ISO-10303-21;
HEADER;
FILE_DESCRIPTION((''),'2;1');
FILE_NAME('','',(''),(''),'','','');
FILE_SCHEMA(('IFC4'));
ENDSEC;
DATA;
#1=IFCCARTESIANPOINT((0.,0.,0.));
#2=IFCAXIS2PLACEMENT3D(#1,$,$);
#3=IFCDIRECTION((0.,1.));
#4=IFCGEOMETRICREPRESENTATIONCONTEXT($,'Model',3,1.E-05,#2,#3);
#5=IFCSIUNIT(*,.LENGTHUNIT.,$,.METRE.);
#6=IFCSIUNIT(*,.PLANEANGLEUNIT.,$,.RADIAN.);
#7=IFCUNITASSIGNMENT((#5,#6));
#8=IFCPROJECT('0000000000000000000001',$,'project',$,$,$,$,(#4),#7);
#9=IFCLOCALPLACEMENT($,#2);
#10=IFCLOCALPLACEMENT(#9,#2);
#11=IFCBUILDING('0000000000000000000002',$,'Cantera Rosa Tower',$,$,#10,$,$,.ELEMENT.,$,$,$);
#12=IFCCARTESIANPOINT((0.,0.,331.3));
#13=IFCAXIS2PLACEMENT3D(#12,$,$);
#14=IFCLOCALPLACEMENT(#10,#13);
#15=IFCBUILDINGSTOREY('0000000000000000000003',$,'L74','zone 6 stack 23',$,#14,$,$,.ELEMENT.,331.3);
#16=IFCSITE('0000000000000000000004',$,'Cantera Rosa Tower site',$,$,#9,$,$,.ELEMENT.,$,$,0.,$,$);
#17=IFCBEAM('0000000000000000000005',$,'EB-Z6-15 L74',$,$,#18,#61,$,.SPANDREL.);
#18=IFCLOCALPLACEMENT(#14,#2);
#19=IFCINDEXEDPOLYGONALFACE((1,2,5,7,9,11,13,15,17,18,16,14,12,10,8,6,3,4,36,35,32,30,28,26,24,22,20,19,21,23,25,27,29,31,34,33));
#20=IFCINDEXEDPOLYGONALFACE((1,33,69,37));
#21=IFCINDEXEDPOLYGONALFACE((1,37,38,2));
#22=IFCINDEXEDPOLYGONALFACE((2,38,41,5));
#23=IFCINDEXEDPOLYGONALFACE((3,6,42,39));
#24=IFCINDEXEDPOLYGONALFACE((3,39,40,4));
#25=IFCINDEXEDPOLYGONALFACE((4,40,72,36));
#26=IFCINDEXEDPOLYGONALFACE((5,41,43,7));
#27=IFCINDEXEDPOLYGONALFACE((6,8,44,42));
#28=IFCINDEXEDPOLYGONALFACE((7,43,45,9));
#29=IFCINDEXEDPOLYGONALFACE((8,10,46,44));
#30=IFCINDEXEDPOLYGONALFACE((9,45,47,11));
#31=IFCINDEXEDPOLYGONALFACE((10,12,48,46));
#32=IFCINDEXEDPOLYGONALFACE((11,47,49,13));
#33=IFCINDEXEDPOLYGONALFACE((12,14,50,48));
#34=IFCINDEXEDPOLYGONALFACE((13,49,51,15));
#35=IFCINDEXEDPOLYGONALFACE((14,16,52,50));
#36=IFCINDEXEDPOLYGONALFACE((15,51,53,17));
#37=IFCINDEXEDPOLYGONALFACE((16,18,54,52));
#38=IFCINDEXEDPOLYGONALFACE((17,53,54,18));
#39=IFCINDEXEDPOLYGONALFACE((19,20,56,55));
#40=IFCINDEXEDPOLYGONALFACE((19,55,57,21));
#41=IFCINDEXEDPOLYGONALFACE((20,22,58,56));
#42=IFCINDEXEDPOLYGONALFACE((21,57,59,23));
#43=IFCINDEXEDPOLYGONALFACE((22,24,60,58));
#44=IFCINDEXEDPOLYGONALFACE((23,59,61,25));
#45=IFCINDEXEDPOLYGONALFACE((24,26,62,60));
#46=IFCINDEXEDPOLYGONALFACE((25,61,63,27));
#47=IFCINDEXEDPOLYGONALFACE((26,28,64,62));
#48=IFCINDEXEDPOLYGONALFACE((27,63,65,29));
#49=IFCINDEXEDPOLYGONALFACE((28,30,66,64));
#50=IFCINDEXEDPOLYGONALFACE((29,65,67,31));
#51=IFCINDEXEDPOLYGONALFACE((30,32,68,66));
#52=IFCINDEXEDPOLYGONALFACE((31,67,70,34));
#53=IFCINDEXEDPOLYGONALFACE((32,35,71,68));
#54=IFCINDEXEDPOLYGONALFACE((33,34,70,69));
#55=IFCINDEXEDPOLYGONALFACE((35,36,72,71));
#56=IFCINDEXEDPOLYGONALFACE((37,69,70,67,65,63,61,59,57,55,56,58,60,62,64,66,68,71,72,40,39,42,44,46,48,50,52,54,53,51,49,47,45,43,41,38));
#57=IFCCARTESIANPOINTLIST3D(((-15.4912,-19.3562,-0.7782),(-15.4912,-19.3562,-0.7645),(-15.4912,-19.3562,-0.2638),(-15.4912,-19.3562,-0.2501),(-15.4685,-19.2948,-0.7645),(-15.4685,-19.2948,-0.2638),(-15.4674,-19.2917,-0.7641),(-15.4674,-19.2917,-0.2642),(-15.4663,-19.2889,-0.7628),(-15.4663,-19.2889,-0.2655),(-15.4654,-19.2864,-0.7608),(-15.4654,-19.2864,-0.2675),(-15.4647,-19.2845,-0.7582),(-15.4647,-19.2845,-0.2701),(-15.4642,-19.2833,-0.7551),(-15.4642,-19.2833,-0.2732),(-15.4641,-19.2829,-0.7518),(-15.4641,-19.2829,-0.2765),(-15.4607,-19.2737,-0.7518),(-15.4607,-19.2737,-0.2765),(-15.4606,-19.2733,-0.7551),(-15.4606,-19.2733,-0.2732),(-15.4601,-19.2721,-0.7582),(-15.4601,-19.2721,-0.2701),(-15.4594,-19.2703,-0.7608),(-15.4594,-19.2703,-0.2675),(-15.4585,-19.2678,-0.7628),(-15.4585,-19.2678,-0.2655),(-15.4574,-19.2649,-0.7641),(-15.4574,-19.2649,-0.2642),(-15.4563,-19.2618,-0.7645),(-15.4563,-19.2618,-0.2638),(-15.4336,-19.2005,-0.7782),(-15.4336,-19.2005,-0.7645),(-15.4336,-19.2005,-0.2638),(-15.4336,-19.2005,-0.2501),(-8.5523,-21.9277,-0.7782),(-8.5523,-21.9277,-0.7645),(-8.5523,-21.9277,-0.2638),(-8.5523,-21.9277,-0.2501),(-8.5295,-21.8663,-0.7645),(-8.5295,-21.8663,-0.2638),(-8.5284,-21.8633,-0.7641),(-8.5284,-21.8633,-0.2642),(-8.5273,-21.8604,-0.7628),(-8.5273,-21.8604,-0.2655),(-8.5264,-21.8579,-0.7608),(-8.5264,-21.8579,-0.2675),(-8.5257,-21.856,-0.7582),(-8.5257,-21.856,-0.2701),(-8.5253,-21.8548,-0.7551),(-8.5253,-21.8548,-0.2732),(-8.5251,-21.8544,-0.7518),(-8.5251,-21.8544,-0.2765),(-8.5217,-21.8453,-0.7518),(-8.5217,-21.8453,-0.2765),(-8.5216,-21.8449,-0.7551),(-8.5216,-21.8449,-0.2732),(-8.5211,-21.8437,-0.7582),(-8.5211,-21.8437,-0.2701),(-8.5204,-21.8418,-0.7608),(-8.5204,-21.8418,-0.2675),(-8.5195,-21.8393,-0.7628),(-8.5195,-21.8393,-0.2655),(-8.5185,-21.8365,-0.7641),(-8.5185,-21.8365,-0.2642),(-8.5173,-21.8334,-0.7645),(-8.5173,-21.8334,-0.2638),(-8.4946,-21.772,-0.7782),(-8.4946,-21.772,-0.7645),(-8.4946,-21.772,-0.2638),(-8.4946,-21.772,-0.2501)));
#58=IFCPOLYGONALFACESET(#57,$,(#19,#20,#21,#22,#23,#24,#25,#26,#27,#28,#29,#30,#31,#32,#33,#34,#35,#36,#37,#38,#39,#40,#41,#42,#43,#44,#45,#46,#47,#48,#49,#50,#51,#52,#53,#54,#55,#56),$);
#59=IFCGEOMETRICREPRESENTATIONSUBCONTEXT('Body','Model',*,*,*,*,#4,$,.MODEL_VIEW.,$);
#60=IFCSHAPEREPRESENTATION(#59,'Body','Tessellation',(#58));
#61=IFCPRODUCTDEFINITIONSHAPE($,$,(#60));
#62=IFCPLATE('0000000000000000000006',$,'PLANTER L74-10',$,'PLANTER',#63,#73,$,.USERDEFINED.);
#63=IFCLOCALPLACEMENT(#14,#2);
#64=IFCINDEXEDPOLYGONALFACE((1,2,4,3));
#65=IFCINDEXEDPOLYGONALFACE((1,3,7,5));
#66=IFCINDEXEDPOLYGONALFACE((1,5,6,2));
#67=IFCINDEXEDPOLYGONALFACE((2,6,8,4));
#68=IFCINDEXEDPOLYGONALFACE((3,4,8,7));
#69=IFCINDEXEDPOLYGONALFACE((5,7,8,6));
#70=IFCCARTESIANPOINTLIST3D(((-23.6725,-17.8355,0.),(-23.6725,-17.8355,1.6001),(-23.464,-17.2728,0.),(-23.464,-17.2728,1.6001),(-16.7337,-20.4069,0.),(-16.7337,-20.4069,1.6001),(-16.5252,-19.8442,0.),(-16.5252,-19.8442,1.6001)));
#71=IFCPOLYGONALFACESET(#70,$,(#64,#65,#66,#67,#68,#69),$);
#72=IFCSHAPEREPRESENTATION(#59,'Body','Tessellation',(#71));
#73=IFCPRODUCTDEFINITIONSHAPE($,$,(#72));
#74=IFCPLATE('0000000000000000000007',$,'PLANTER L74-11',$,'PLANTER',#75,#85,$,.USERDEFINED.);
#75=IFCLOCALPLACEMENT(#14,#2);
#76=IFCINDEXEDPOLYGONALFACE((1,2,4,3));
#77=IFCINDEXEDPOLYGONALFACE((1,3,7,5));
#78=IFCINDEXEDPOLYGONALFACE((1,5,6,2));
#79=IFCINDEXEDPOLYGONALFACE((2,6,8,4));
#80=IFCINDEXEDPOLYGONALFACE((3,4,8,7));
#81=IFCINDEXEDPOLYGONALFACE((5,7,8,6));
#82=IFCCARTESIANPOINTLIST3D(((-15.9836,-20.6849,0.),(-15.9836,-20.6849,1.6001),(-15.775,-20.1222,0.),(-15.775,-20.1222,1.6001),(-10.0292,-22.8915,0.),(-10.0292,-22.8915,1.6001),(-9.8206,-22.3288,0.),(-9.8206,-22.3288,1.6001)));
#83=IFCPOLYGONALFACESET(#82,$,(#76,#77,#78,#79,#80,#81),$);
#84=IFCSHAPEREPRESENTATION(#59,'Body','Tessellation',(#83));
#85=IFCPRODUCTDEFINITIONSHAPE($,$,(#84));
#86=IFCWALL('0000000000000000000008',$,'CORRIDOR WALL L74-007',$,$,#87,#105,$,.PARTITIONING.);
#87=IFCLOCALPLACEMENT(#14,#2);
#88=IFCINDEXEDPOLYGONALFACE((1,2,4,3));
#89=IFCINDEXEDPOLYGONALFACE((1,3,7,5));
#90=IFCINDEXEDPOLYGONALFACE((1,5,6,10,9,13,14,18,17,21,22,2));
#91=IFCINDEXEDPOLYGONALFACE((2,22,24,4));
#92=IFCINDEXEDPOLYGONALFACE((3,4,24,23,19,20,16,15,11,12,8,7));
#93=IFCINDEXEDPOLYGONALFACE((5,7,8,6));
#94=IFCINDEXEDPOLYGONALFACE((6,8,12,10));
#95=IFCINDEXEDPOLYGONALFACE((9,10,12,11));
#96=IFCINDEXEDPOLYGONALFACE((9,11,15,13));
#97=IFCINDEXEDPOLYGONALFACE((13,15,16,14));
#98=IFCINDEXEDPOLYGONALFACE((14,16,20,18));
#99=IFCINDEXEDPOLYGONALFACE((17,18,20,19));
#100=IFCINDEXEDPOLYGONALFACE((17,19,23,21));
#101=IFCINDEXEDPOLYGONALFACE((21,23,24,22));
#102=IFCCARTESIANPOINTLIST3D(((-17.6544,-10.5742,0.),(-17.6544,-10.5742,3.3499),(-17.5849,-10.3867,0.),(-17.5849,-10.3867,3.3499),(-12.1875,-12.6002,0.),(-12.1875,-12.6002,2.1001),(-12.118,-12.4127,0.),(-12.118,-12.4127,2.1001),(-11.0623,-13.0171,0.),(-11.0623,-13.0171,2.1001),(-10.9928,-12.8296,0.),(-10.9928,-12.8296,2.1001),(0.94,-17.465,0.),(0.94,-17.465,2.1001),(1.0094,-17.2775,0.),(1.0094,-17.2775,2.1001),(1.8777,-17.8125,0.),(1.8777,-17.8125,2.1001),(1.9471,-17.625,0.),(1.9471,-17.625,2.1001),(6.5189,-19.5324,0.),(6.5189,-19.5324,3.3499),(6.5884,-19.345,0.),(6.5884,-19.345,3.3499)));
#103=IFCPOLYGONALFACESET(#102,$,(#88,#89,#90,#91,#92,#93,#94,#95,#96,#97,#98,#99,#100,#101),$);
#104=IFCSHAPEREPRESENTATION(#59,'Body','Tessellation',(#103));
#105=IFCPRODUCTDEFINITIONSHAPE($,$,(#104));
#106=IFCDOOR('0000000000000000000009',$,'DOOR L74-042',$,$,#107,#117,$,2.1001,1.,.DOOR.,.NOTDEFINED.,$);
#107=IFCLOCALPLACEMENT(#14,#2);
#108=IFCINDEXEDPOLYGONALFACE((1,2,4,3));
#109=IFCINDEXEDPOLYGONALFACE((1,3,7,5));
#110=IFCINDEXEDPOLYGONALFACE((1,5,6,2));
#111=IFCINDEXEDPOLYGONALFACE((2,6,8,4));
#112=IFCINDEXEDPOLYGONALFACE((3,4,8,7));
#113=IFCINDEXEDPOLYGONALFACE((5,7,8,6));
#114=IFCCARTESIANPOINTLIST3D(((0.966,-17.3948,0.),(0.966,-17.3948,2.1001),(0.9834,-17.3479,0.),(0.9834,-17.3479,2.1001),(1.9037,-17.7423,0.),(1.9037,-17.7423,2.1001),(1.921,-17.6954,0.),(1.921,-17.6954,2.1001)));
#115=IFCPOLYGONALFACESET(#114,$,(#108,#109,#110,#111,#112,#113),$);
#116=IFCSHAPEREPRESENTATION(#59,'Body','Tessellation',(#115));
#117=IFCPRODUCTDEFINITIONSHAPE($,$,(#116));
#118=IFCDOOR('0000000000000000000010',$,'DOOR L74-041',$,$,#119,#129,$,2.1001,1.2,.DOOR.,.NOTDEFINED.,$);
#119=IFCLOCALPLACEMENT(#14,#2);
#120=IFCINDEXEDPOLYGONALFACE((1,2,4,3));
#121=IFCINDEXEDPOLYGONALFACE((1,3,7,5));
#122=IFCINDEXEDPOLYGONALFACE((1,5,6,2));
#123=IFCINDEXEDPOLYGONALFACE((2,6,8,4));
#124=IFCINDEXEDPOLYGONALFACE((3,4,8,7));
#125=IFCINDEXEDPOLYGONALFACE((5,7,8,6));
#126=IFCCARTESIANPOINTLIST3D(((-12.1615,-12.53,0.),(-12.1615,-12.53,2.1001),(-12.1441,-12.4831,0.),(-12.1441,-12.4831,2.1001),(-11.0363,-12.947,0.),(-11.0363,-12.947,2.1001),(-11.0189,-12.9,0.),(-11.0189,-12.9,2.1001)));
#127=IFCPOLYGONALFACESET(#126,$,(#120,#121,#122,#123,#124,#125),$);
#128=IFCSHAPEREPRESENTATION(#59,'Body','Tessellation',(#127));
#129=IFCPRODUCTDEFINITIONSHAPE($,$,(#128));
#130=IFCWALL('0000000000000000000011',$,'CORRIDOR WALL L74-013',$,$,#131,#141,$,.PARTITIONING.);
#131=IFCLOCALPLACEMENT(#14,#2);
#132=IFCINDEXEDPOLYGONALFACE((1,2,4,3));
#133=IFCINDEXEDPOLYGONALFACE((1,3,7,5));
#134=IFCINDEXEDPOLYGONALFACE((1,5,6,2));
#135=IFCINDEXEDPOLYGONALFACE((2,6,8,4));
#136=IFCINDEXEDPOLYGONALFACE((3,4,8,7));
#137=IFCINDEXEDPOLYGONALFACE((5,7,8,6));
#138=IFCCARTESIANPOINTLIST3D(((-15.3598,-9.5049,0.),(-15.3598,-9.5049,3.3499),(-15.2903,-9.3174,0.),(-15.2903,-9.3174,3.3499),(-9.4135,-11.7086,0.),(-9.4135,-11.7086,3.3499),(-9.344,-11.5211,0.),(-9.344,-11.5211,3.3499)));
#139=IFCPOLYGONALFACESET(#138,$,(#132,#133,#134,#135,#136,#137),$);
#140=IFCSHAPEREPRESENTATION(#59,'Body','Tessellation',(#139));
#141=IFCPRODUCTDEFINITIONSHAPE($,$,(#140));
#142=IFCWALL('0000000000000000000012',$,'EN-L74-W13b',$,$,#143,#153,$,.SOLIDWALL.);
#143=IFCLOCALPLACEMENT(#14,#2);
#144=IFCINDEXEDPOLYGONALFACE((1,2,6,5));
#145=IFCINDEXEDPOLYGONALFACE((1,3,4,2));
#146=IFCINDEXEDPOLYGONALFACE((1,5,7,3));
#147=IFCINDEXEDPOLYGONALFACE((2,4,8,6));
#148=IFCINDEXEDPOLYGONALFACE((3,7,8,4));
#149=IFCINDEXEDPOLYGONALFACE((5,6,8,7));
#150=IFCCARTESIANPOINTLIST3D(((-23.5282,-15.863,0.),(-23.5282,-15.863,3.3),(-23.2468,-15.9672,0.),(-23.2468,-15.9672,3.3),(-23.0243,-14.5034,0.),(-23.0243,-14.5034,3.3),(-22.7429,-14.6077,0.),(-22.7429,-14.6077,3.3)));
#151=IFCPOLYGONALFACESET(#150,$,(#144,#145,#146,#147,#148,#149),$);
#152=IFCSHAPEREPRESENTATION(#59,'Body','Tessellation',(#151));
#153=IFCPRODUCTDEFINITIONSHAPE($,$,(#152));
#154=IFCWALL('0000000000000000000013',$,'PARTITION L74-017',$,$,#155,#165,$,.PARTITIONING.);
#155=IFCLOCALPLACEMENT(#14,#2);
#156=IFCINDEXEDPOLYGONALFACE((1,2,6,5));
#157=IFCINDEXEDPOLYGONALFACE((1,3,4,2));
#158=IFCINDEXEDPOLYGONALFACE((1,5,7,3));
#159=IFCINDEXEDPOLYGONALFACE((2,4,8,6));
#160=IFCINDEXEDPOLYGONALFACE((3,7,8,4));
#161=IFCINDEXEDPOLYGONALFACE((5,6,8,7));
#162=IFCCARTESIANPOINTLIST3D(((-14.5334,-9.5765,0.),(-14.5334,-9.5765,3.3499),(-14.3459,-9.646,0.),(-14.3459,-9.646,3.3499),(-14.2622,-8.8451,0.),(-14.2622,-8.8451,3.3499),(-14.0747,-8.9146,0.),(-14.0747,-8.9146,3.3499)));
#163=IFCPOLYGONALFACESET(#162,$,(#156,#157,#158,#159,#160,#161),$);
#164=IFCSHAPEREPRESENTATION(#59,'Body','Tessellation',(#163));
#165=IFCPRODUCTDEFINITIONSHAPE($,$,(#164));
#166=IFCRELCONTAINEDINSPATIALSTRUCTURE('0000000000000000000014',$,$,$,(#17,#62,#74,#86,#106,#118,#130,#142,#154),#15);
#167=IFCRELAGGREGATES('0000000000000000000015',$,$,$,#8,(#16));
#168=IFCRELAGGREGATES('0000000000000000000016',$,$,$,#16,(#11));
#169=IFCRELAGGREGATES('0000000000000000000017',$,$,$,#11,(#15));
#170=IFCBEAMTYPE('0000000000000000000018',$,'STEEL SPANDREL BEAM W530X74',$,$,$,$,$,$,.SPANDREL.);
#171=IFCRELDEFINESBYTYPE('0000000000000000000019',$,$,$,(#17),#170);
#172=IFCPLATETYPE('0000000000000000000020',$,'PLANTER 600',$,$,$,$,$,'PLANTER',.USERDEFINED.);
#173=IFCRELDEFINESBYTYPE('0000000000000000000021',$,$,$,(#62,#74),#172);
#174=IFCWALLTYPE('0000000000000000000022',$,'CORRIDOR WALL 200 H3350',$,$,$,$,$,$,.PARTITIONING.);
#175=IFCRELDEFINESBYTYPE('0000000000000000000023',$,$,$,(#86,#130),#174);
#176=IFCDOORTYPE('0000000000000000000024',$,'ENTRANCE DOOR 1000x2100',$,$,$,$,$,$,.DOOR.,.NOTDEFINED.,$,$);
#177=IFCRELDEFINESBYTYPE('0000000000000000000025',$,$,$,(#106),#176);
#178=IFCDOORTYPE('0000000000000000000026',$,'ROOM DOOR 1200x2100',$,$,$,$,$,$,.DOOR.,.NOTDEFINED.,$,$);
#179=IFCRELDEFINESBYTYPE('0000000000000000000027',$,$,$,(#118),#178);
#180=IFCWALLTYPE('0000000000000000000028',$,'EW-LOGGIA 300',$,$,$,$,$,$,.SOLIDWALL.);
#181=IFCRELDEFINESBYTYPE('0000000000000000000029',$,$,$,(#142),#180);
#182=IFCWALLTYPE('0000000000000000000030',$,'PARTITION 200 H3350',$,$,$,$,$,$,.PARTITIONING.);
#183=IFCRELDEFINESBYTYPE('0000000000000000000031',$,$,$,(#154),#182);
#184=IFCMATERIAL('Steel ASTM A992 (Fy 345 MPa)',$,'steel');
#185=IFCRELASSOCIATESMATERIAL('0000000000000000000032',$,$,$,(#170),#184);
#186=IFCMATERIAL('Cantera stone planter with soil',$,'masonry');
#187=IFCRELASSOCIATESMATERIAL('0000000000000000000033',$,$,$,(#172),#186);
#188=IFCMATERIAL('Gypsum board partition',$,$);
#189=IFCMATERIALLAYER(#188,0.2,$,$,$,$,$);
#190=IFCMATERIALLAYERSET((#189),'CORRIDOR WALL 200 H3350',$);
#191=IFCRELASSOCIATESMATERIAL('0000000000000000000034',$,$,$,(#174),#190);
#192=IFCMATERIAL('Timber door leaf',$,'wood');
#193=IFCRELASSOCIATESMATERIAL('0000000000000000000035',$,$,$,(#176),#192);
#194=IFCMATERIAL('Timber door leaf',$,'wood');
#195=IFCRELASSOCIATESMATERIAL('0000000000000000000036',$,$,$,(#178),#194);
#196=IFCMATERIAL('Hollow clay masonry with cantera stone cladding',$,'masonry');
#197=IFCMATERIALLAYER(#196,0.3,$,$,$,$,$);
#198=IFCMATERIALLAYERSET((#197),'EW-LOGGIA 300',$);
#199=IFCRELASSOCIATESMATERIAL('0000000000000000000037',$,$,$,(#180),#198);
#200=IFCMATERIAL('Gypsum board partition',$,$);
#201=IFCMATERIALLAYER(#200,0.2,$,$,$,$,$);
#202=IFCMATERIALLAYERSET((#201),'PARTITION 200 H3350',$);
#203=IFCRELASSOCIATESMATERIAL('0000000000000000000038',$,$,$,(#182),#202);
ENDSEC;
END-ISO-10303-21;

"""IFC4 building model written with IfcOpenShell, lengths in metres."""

from ifc_helpers import new_model, si_unit, direction, frame, frame_2d, origin, origin_2d, place, context, subcontext, project, spatial, rectangle, i_section, extrude, material, layer, layer_set, material_profile, profile_set, type_object, element, fill, save


model = new_model("IFC4")

# Units and contexts
model_context = context("Model", 3, precision=1e-05, world=origin(), true_north=direction((0.0, 1.0)))
body_context = subcontext(model_context, "Body", "Model", "MODEL_VIEW")
ifc_project = project(units=[si_unit("LENGTHUNIT", "METRE"), si_unit("PLANEANGLEUNIT", "RADIAN")], contexts=[model_context])

# Site, building, storey
site_placement = place(None, origin())
site = spatial("IfcSite", under=ifc_project, at=site_placement, Name="Cantera Rosa Tower site", CompositionType="ELEMENT", RefElevation=0.0)
building_placement = place(site_placement, origin())
building = spatial("IfcBuilding", under=site, at=building_placement, Name="Cantera Rosa Tower", CompositionType="ELEMENT")
storey_placement = place(building_placement, frame((0.0, 0.0, 331.3)))
storey = spatial("IfcBuildingStorey", under=building, at=storey_placement, Name="L74", Description="zone 6 stack 23", CompositionType="ELEMENT", Elevation=331.3)

# Beam
ifc_material_1 = material(Name="Steel ASTM A992 (Fy 345 MPa)", Category="steel")
ifc_material_profile_1 = material_profile(ifc_material_1, i_section(OverallWidth=0.166, OverallDepth=0.5281, WebThickness=0.0098, FlangeThickness=0.0137, FilletRadius=0.0127, at=origin_2d()), Name="W530X74")
ifc_profile_set_1 = profile_set([ifc_material_profile_1], Name="Steel ASTM A992 (Fy 345 MPa)")
beam_type_1 = type_object("IfcBeamType", Name="STEEL SPANDREL BEAM W530X74", PredefinedType="SPANDREL", material=ifc_profile_set_1)
beam_1_placement = place(storey_placement, frame((-15.4624, -19.2783, -0.5142), z_axis=(0.937681, -0.347498, 0.0), x_axis=(0.347498, 0.937681, 0.0)))
element("IfcBeam", 1, at=beam_1_placement, inside=storey, type_object=beam_type_1, Name="EB-Z6-15 L74", PredefinedType="SPANDREL", context=body_context, shape_type="SweptSolid", body=[
    extrude(i_section(OverallWidth=0.166, OverallDepth=0.5281, WebThickness=0.0098, FlangeThickness=0.0137, FilletRadius=0.0127, at=origin_2d()), origin(), (0.0, 0.0, 1.0), 7.4001),
])

# Plates
ifc_material_2 = material(Name="Cantera stone planter with soil", Category="masonry")
plate_type = type_object("IfcPlateType", Name="PLANTER 600", ElementType="PLANTER", PredefinedType="USERDEFINED", material=ifc_material_2)
plate_1_placement = place(storey_placement, frame((-20.0989, -18.8398, 0.0), z_axis=(0.0, 0.0, 1.0), x_axis=(0.937687, -0.347481, 0.0)))
element("IfcPlate", 2, at=plate_1_placement, inside=storey, type_object=plate_type, Name="PLANTER L74-10", ObjectType="PLANTER", PredefinedType="USERDEFINED", context=body_context, shape_type="SweptSolid", body=[
    extrude(rectangle(XDim=7.3999, YDim=0.6001, at=origin_2d()), origin(), (0.0, 0.0, 1.0), 1.6001),
])
plate_2_placement = place(storey_placement, frame((-12.9021, -21.5068, 0.0), z_axis=(0.0, 0.0, 1.0), x_axis=(0.937687, -0.347481, 0.0)))
element("IfcPlate", 3, at=plate_2_placement, inside=storey, type_object=plate_type, Name="PLANTER L74-11", ObjectType="PLANTER", PredefinedType="USERDEFINED", context=body_context, shape_type="SweptSolid", body=[
    extrude(rectangle(XDim=6.3501, YDim=0.6001, at=origin_2d()), origin(), (0.0, 0.0, 1.0), 1.6001),
])

# Wall, openings, doors
ifc_material_3 = material(Name="Gypsum board partition")
ifc_layer_1 = layer(ifc_material_3, 0.2)
ifc_layer_set_1 = layer_set([ifc_layer_1], Name="CORRIDOR WALL 200 H3350")
wall_type_1 = type_object("IfcWallType", Name="CORRIDOR WALL 200 H3350", PredefinedType="PARTITIONING", material=ifc_layer_set_1)
wall_1_placement = place(storey_placement, frame((-17.6196, -10.4805, 0.0), z_axis=(0.0, 0.0, 1.0), x_axis=(0.937684, -0.34749, 0.0)))
wall_1 = element("IfcWall", 4, at=wall_1_placement, inside=storey, type_object=wall_type_1, Name="CORRIDOR WALL L74-007", PredefinedType="PARTITIONING", context=body_context, shape_type="SweptSolid", body=[
    extrude(rectangle(XDim=25.7798, YDim=0.2, at=frame_2d((12.8899, 0.0))), origin(), (0.0, 0.0, 1.0), 3.3499),
])
opening_1_placement = place(wall_1_placement, frame((5.8301, 0.0, 0.0)))
opening_1 = element("IfcOpeningElement", 5, at=opening_1_placement, cuts=wall_1, PredefinedType="OPENING", context=body_context, shape_type="SweptSolid", body=[
    extrude(rectangle(XDim=1.2, YDim=2.1001, at=frame_2d((0.6001, 1.05))), frame((0.0, 0.1099, 0.0), z_axis=(0.0, -1.0, 0.0), x_axis=(1.0, 0.0, 0.0)), (0.0, 0.0, 1.0), 0.22),
])
opening_2_placement = place(wall_1_placement, frame((19.8301, 0.0, 0.0)))
opening_2 = element("IfcOpeningElement", 6, at=opening_2_placement, cuts=wall_1, PredefinedType="OPENING", context=body_context, shape_type="SweptSolid", body=[
    extrude(rectangle(XDim=1.0, YDim=2.1001, at=frame_2d((0.5, 1.05))), frame((0.0, 0.1099, 0.0), z_axis=(0.0, -1.0, 0.0), x_axis=(1.0, 0.0, 0.0)), (0.0, 0.0, 1.0), 0.22),
])
ifc_material_4 = material(Name="Timber door leaf", Category="wood")
door_type_1 = type_object("IfcDoorType", Name="ENTRANCE DOOR 1000x2100", OperationType="NOTDEFINED", PredefinedType="DOOR", material=ifc_material_4)
door_1_placement = place(opening_2_placement, origin())
door_1 = element("IfcDoor", 7, at=door_1_placement, inside=storey, type_object=door_type_1, Name="DOOR L74-042", OperationType="NOTDEFINED", OverallHeight=2.1001, OverallWidth=1.0, PredefinedType="DOOR", context=body_context, shape_type="SweptSolid", body=[
    extrude(rectangle(XDim=1.0, YDim=2.1001, at=frame_2d((0.5, 1.05))), frame((0.0, 0.0249, 0.0), z_axis=(0.0, -1.0, 0.0), x_axis=(1.0, 0.0, 0.0)), (0.0, 0.0, 1.0), 0.05),
])
fill(opening_2, door_1)
ifc_material_5 = material(Name="Timber door leaf", Category="wood")
door_type_2 = type_object("IfcDoorType", Name="ROOM DOOR 1200x2100", OperationType="NOTDEFINED", PredefinedType="DOOR", material=ifc_material_5)
door_2_placement = place(opening_1_placement, origin())
door_2 = element("IfcDoor", 8, at=door_2_placement, inside=storey, type_object=door_type_2, Name="DOOR L74-041", OperationType="NOTDEFINED", OverallHeight=2.1001, OverallWidth=1.2, PredefinedType="DOOR", context=body_context, shape_type="SweptSolid", body=[
    extrude(rectangle(XDim=1.2, YDim=2.1001, at=frame_2d((0.6001, 1.05))), frame((0.0, 0.0249, 0.0), z_axis=(0.0, -1.0, 0.0), x_axis=(1.0, 0.0, 0.0)), (0.0, 0.0, 1.0), 0.05),
])
fill(opening_1, door_2)

# Walls
wall_2_placement = place(storey_placement, frame((-15.3252, -9.4111, 0.0), z_axis=(0.0, 0.0, 1.0), x_axis=(0.937683, -0.347492, 0.0)))
element("IfcWall", 9, at=wall_2_placement, inside=storey, type_object=wall_type_1, Name="CORRIDOR WALL L74-013", PredefinedType="PARTITIONING", context=body_context, shape_type="SweptSolid", body=[
    extrude(rectangle(XDim=6.3416, YDim=0.2, at=frame_2d((3.1709, 0.0))), origin(), (0.0, 0.0, 1.0), 3.3499),
])
ifc_material_6 = material(Name="Hollow clay masonry with cantera stone cladding", Category="masonry")
ifc_layer_2 = layer(ifc_material_6, 0.3)
ifc_layer_set_2 = layer_set([ifc_layer_2], Name="EW-LOGGIA 300")
wall_type_2 = type_object("IfcWallType", Name="EW-LOGGIA 300", PredefinedType="SOLIDWALL", material=ifc_layer_set_2)
wall_3_placement = place(storey_placement, frame((-22.8835, -14.5554, 0.0), z_axis=(0.0, 0.0, 1.0), x_axis=(-0.347523, -0.937672, 0.0)))
element("IfcWall", 10, at=wall_3_placement, inside=storey, type_object=wall_type_2, Name="EN-L74-W13b", PredefinedType="SOLIDWALL", context=body_context, shape_type="SweptSolid", body=[
    extrude(rectangle(XDim=1.45, YDim=0.3, at=frame_2d((0.7251, 0.0))), origin(), (0.0, 0.0, 1.0), 3.3),
])

# Wall
ifc_material_7 = material(Name="Gypsum board partition")
ifc_layer_3 = layer(ifc_material_7, 0.2)
ifc_layer_set_3 = layer_set([ifc_layer_3], Name="PARTITION 200 H3350")
wall_type_3 = type_object("IfcWallType", Name="PARTITION 200 H3350", PredefinedType="PARTITIONING", material=ifc_layer_set_3)
wall_4_placement = place(storey_placement, frame((-14.4397, -9.6113, 0.0), z_axis=(0.0, 0.0, 1.0), x_axis=(0.347691, 0.937609, 0.0)))
element("IfcWall", 11, at=wall_4_placement, inside=storey, type_object=wall_type_3, Name="PARTITION L74-017", PredefinedType="PARTITIONING", context=body_context, shape_type="SweptSolid", body=[
    extrude(rectangle(XDim=0.78, YDim=0.2, at=frame_2d((0.3901, 0.0))), origin(), (0.0, 0.0, 1.0), 3.3499),
])

save(model, "model.ifc")
